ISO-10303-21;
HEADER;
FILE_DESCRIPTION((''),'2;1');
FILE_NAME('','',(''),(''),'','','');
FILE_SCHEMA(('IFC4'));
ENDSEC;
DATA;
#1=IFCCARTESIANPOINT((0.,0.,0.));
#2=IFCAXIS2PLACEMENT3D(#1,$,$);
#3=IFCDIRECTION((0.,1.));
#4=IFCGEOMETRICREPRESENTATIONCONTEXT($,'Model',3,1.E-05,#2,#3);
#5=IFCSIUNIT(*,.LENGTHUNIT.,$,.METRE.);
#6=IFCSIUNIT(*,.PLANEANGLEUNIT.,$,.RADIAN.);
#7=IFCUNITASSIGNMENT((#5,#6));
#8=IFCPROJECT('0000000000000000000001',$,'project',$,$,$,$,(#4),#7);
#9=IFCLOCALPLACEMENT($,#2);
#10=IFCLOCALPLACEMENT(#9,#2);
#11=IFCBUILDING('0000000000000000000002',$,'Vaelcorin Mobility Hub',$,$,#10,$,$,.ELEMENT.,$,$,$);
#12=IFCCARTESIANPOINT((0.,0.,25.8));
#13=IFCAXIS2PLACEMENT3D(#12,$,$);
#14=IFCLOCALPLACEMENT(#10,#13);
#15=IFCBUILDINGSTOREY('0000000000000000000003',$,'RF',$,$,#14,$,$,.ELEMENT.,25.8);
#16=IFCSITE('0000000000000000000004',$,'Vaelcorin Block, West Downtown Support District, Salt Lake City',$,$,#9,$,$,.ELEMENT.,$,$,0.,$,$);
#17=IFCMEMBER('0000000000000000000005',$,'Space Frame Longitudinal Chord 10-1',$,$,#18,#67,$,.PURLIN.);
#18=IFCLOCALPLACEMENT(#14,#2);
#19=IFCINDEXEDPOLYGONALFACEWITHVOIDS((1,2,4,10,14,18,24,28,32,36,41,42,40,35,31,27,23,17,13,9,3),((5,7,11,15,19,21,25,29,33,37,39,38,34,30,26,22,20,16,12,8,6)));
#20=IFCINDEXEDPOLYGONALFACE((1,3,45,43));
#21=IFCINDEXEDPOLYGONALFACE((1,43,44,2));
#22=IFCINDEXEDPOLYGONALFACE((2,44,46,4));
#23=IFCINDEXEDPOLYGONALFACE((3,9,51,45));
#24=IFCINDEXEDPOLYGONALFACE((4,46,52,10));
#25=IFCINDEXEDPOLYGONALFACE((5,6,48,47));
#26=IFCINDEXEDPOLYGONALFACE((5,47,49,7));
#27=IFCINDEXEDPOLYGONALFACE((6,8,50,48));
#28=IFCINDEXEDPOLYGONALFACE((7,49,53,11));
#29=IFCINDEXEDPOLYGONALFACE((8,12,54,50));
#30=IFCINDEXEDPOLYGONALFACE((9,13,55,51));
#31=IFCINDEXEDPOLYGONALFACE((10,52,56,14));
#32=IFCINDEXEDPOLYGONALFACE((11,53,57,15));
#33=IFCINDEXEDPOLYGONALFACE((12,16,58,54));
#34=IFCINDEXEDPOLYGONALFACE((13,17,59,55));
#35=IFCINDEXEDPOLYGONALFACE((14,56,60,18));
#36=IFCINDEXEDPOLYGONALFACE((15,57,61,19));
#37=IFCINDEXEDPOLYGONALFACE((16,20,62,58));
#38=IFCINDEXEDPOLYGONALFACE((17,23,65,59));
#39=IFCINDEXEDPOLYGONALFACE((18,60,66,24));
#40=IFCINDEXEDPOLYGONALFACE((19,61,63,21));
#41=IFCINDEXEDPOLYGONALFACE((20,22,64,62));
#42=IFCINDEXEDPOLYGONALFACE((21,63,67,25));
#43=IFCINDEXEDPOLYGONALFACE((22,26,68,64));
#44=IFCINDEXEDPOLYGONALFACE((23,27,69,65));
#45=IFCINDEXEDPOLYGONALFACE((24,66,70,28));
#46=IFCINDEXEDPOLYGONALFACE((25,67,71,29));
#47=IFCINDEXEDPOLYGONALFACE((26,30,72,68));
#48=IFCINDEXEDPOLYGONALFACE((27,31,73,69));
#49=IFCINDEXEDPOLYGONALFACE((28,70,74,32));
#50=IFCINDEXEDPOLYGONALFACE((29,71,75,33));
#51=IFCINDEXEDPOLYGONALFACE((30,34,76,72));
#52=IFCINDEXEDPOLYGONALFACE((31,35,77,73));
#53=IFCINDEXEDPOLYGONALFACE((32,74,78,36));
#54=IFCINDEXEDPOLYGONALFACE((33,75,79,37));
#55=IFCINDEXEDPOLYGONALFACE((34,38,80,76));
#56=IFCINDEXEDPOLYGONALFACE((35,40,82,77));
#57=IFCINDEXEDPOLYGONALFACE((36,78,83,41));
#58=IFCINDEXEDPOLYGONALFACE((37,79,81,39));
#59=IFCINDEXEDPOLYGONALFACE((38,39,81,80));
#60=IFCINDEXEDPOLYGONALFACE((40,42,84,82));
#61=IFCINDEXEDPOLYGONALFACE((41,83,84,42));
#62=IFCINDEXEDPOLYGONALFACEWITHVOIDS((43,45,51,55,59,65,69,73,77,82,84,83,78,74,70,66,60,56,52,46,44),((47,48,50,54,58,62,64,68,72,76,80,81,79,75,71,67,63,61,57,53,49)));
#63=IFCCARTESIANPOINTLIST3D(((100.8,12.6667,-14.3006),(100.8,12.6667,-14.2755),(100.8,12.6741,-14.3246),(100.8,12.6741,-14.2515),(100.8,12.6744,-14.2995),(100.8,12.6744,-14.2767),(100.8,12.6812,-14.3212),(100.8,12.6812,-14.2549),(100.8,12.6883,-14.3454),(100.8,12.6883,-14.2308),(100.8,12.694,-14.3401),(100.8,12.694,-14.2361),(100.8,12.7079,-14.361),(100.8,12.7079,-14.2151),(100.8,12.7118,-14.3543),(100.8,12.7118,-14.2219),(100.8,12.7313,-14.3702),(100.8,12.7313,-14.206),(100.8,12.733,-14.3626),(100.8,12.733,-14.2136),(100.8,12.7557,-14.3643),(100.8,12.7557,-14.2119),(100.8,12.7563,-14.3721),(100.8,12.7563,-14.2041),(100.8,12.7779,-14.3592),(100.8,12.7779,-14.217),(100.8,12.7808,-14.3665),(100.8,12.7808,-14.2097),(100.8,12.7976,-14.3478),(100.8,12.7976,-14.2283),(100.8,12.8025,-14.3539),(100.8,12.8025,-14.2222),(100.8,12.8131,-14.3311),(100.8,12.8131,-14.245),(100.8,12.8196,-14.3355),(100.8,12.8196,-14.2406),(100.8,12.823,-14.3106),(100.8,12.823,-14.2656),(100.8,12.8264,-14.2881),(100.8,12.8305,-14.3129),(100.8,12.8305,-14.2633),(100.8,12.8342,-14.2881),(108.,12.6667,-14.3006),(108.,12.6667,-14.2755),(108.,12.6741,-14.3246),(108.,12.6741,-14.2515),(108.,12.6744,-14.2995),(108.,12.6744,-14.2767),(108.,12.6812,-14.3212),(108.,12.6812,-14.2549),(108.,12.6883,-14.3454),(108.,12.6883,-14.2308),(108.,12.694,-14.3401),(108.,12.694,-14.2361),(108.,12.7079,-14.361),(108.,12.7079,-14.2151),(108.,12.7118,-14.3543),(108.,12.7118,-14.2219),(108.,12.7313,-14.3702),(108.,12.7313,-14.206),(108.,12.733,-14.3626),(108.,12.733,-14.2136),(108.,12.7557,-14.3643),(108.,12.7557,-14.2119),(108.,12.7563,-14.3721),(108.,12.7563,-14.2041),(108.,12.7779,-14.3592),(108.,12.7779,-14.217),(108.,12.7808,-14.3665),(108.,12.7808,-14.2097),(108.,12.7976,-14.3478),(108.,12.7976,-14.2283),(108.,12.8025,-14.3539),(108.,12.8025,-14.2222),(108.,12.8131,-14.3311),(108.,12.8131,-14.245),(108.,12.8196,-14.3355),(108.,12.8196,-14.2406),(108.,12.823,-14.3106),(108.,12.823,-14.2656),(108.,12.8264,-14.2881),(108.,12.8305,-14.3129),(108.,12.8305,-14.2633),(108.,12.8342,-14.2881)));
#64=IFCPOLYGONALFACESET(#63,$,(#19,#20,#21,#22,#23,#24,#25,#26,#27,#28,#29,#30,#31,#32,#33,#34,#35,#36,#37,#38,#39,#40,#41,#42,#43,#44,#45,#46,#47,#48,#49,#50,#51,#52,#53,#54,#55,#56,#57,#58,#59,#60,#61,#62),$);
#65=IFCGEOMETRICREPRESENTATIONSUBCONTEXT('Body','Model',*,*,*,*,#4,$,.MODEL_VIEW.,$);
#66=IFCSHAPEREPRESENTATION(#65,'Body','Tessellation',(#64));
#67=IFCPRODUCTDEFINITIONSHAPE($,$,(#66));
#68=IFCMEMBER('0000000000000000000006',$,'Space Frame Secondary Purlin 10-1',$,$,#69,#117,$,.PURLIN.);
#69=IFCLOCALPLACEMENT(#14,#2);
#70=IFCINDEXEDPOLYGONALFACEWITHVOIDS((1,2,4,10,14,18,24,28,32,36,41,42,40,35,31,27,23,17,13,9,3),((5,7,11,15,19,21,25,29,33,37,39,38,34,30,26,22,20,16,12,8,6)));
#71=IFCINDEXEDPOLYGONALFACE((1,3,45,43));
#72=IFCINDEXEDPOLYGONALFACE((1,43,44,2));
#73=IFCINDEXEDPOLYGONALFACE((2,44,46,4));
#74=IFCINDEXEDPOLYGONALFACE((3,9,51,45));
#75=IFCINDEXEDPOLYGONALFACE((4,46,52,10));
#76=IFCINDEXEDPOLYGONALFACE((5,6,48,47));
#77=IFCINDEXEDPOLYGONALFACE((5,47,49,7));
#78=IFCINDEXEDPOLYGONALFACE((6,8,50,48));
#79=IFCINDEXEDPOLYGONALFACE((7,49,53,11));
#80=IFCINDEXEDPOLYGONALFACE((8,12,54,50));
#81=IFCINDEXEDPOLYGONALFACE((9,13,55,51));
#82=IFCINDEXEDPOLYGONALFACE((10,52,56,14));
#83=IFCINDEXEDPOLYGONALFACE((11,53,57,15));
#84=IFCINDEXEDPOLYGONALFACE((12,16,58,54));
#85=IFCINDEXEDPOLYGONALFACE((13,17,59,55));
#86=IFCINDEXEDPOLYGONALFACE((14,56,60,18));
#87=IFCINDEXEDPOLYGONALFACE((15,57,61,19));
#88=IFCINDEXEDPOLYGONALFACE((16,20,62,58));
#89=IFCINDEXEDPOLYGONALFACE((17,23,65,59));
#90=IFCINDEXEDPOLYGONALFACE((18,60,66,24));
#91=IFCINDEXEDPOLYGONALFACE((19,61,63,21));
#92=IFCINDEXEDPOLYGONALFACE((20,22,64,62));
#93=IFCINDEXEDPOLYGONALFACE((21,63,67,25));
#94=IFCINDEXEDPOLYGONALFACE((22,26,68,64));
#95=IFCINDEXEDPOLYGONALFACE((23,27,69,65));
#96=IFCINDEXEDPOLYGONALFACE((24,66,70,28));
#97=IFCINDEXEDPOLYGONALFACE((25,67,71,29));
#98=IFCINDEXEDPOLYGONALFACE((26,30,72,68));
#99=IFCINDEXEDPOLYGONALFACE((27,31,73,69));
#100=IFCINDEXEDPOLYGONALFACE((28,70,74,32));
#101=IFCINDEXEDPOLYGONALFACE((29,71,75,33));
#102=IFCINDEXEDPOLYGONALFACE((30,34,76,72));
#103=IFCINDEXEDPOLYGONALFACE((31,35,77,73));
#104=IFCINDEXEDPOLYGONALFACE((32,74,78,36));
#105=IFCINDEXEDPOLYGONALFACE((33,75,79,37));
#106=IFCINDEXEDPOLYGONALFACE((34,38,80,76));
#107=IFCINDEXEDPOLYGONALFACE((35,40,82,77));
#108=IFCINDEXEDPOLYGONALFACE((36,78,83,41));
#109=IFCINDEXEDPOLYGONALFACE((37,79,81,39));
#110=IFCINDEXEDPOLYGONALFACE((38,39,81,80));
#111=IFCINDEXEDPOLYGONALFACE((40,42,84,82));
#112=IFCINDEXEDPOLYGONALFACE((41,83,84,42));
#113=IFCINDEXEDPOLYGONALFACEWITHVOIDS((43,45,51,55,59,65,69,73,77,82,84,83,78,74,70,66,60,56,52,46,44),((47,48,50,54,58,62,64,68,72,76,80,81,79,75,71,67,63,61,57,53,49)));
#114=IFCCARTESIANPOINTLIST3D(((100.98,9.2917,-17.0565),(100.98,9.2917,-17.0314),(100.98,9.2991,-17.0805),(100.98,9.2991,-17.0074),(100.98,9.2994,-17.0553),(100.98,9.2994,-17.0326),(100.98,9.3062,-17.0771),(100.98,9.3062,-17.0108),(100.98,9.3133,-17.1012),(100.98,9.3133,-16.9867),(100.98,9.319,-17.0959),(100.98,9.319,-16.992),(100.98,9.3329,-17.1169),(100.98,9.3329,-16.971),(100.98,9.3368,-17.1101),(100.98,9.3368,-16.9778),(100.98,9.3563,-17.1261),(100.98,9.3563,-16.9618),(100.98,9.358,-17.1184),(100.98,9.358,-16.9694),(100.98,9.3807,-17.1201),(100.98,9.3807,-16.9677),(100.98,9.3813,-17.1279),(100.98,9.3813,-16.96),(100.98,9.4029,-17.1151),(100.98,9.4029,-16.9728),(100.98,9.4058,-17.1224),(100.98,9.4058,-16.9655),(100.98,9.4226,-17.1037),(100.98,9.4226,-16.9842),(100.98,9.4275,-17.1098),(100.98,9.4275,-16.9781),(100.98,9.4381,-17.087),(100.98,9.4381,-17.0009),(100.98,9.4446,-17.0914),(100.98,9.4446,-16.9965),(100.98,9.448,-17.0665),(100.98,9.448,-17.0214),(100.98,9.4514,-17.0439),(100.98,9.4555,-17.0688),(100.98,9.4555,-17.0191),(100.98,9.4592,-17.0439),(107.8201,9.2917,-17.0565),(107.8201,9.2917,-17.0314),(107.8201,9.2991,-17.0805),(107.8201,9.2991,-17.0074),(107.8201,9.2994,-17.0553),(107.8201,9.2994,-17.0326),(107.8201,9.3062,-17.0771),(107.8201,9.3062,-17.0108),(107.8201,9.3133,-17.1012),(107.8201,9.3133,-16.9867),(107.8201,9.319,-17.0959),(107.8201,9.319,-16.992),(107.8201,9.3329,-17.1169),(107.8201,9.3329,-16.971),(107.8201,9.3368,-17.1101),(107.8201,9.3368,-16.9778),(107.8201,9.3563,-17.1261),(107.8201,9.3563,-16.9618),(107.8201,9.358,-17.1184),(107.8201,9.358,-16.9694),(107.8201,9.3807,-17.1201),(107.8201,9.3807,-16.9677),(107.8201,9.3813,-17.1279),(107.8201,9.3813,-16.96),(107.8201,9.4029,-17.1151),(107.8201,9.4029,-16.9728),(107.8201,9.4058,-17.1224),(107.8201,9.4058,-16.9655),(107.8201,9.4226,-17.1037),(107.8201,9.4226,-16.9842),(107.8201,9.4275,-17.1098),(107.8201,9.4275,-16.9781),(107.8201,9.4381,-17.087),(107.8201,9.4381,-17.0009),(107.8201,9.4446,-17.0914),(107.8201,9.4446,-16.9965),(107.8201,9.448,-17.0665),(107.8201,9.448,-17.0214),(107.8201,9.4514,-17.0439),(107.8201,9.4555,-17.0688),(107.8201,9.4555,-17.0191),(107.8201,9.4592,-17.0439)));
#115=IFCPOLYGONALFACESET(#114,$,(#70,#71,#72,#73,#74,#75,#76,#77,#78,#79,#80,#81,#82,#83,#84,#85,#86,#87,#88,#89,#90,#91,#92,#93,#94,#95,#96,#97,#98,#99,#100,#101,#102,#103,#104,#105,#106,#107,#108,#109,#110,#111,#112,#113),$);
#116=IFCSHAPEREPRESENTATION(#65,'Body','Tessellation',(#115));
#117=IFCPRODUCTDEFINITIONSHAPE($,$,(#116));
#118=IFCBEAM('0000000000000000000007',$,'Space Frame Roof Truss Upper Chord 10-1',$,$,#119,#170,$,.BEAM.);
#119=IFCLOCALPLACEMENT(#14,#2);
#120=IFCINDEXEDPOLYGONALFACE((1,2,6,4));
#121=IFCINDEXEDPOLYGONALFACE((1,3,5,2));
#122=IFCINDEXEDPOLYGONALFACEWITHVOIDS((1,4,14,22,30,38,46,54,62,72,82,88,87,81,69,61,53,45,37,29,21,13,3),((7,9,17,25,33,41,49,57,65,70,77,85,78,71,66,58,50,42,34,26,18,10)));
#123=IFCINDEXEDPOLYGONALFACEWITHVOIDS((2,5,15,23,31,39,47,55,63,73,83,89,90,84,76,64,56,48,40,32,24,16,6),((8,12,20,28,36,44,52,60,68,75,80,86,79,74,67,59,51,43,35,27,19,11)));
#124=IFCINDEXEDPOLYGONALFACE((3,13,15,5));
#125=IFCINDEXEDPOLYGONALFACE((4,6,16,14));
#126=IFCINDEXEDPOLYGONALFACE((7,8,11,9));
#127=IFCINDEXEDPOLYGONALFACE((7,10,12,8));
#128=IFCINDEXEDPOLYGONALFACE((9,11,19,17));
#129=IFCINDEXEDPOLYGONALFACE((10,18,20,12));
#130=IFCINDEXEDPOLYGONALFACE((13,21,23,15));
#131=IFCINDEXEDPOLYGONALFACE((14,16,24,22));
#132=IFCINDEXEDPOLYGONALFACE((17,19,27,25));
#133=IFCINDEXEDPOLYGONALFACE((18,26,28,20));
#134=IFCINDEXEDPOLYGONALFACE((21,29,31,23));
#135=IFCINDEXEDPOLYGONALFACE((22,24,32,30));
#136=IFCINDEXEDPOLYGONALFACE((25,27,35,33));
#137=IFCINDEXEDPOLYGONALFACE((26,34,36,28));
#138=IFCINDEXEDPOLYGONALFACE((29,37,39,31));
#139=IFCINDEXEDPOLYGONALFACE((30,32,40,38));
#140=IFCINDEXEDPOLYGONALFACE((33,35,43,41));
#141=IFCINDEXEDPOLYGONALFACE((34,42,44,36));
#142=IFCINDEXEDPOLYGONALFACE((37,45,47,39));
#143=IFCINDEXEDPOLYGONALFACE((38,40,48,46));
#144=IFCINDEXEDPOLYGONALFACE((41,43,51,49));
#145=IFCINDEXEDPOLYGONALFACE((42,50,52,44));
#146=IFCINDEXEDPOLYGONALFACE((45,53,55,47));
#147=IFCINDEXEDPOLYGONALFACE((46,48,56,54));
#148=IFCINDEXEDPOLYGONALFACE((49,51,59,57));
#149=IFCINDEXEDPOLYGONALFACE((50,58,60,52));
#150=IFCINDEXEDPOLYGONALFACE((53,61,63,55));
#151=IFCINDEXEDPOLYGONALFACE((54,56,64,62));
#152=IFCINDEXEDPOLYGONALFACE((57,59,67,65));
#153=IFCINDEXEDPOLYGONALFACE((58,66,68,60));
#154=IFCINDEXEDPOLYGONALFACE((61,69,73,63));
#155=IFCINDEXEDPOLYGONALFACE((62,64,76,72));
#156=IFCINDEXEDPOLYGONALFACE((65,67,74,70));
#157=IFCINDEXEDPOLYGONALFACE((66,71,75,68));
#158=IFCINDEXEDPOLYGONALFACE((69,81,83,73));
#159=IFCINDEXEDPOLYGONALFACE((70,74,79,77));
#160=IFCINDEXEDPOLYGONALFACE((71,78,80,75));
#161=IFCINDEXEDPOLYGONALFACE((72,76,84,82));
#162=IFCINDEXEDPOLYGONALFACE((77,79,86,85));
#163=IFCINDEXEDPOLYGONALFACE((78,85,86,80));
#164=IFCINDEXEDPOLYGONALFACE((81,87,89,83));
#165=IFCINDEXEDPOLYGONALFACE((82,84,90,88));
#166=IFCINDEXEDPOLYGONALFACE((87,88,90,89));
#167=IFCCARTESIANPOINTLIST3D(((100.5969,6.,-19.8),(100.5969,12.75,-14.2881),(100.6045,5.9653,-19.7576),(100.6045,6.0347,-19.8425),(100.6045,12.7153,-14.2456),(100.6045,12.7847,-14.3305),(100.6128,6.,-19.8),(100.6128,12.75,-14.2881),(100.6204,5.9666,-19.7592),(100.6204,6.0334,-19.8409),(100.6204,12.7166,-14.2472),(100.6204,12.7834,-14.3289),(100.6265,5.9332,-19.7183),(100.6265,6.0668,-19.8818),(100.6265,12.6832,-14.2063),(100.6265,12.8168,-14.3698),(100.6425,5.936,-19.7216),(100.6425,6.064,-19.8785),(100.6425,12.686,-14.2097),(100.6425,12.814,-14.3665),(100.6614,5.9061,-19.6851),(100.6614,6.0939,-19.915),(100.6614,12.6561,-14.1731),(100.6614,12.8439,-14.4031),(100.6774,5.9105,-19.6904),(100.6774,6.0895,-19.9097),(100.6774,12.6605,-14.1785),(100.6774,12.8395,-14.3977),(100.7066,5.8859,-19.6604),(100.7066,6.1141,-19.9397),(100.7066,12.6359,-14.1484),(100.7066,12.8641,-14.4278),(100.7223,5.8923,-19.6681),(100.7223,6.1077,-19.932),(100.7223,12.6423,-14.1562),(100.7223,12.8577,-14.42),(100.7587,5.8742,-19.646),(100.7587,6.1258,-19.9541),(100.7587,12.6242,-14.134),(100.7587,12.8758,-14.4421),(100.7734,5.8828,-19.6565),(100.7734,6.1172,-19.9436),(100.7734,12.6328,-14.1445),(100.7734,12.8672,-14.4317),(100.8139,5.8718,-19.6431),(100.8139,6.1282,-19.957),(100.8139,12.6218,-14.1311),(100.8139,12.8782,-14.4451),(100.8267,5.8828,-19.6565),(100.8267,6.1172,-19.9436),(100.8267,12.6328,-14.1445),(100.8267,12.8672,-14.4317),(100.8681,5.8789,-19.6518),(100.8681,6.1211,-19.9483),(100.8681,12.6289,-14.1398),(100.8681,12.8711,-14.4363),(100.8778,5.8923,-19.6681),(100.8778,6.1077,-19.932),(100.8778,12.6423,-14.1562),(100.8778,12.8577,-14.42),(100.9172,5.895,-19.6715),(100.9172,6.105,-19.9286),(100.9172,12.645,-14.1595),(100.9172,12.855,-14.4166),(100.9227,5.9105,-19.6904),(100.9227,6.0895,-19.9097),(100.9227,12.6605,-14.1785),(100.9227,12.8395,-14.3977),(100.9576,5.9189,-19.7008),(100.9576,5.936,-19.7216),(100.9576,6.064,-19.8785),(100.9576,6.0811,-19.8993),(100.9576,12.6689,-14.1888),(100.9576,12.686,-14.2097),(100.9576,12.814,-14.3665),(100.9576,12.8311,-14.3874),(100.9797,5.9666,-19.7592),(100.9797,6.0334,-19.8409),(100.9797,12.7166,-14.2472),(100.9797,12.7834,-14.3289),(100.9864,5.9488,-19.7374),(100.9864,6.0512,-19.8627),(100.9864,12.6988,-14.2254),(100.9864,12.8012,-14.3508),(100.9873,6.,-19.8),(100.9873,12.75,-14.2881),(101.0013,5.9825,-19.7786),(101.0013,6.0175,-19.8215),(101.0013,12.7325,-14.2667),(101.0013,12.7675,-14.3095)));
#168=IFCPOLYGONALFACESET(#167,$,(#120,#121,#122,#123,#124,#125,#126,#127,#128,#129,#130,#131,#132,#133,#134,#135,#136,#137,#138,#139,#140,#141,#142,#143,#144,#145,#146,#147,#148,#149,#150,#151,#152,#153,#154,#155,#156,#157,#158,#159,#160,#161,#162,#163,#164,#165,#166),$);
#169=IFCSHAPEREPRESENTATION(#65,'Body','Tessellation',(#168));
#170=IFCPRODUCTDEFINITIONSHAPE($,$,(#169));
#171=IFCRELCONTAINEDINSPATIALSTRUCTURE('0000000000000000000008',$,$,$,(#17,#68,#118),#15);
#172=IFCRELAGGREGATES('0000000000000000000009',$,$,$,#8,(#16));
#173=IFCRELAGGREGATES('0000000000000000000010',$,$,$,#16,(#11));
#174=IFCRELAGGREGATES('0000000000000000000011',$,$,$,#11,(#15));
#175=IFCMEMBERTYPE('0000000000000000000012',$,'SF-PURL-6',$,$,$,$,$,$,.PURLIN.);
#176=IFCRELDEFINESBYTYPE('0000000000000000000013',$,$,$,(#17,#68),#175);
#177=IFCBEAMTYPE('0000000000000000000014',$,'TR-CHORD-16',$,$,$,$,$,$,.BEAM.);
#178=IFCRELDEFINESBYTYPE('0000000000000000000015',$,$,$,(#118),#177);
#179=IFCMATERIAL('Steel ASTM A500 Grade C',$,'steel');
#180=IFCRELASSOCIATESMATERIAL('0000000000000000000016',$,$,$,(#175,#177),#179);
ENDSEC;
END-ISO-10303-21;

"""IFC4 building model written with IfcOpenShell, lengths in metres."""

from ifc_helpers import new_model, si_unit, direction, frame, origin, origin_2d, place, context, subcontext, project, spatial, hollow_circle, extrude, material, material_profile, profile_set, type_object, element, save


model = new_model("IFC4")

# Units and contexts
model_context = context("Model", 3, precision=1e-05, world=origin(), true_north=direction((0.0, 1.0)))
body_context = subcontext(model_context, "Body", "Model", "MODEL_VIEW")
ifc_project = project(units=[si_unit("LENGTHUNIT", "METRE"), si_unit("PLANEANGLEUNIT", "RADIAN")], contexts=[model_context])

# Site, building, storey
site_placement = place(None, origin())
site = spatial("IfcSite", under=ifc_project, at=site_placement, Name="Vaelcorin Block, West Downtown Support District, Salt Lake City", CompositionType="ELEMENT", RefElevation=0.0)
building_placement = place(site_placement, origin())
building = spatial("IfcBuilding", under=site, at=building_placement, Name="Vaelcorin Mobility Hub", CompositionType="ELEMENT")
storey_placement = place(building_placement, frame((0.0, 0.0, 25.8)))
storey = spatial("IfcBuildingStorey", under=building, at=storey_placement, Name="RF", CompositionType="ELEMENT", Elevation=25.8)

# Members
ifc_material_1 = material(Name="Steel ASTM A500 Grade C", Category="steel")
ifc_material_profile_1 = material_profile(ifc_material_1, hollow_circle(Radius=0.0842, WallThickness=0.0078, at=origin_2d()), Name="HSS6.625X0.312")
ifc_profile_set_1 = profile_set([ifc_material_profile_1], Name="Steel ASTM A500 Grade C")
member_type_1 = type_object("IfcMemberType", Name="SF-PURL-6", PredefinedType="PURLIN", material=ifc_profile_set_1)
member_1_placement = place(storey_placement, frame((100.8, 12.75, -14.2881), z_axis=(1.0, 0.0, 0.0), x_axis=(0.0, 1.0, 0.0)))
element("IfcMember", 1, at=member_1_placement, inside=storey, type_object=member_type_1, Name="Space Frame Longitudinal Chord 10-1", PredefinedType="PURLIN", context=body_context, shape_type="SweptSolid", body=[
    extrude(hollow_circle(Radius=0.0842, WallThickness=0.0078, at=origin_2d()), origin(), (0.0, 0.0, 1.0), 7.2),
])
member_2_placement = place(storey_placement, frame((100.98, 9.375, -17.0439), z_axis=(1.0, 0.0, 0.0), x_axis=(0.0, 1.0, 0.0)))
element("IfcMember", 2, at=member_2_placement, inside=storey, type_object=member_type_1, Name="Space Frame Secondary Purlin 10-1", PredefinedType="PURLIN", context=body_context, shape_type="SweptSolid", body=[
    extrude(hollow_circle(Radius=0.0842, WallThickness=0.0078, at=origin_2d()), origin(), (0.0, 0.0, 1.0), 6.8401),
])

# Beam
ifc_material_profile_2 = material_profile(ifc_material_1, hollow_circle(Radius=0.2031, WallThickness=0.0159, at=origin_2d()), Name="HSS16.000X0.625")
ifc_profile_set_2 = profile_set([ifc_material_profile_2], Name="Steel ASTM A500 Grade C")
beam_type = type_object("IfcBeamType", Name="TR-CHORD-16", PredefinedType="BEAM", material=ifc_profile_set_2)
beam_1_placement = place(storey_placement, frame((100.8, 6.0, -19.8), z_axis=(0.0, 0.774562, 0.632498), x_axis=(-1.0, 0.0, 0.0)))
element("IfcBeam", 3, at=beam_1_placement, inside=storey, type_object=beam_type, Name="Space Frame Roof Truss Upper Chord 10-1", PredefinedType="BEAM", context=body_context, shape_type="SweptSolid", body=[
    extrude(hollow_circle(Radius=0.2031, WallThickness=0.0159, at=origin_2d()), origin(), (0.0, 0.0, 1.0), 8.7146),
])

save(model, "model.ifc")
